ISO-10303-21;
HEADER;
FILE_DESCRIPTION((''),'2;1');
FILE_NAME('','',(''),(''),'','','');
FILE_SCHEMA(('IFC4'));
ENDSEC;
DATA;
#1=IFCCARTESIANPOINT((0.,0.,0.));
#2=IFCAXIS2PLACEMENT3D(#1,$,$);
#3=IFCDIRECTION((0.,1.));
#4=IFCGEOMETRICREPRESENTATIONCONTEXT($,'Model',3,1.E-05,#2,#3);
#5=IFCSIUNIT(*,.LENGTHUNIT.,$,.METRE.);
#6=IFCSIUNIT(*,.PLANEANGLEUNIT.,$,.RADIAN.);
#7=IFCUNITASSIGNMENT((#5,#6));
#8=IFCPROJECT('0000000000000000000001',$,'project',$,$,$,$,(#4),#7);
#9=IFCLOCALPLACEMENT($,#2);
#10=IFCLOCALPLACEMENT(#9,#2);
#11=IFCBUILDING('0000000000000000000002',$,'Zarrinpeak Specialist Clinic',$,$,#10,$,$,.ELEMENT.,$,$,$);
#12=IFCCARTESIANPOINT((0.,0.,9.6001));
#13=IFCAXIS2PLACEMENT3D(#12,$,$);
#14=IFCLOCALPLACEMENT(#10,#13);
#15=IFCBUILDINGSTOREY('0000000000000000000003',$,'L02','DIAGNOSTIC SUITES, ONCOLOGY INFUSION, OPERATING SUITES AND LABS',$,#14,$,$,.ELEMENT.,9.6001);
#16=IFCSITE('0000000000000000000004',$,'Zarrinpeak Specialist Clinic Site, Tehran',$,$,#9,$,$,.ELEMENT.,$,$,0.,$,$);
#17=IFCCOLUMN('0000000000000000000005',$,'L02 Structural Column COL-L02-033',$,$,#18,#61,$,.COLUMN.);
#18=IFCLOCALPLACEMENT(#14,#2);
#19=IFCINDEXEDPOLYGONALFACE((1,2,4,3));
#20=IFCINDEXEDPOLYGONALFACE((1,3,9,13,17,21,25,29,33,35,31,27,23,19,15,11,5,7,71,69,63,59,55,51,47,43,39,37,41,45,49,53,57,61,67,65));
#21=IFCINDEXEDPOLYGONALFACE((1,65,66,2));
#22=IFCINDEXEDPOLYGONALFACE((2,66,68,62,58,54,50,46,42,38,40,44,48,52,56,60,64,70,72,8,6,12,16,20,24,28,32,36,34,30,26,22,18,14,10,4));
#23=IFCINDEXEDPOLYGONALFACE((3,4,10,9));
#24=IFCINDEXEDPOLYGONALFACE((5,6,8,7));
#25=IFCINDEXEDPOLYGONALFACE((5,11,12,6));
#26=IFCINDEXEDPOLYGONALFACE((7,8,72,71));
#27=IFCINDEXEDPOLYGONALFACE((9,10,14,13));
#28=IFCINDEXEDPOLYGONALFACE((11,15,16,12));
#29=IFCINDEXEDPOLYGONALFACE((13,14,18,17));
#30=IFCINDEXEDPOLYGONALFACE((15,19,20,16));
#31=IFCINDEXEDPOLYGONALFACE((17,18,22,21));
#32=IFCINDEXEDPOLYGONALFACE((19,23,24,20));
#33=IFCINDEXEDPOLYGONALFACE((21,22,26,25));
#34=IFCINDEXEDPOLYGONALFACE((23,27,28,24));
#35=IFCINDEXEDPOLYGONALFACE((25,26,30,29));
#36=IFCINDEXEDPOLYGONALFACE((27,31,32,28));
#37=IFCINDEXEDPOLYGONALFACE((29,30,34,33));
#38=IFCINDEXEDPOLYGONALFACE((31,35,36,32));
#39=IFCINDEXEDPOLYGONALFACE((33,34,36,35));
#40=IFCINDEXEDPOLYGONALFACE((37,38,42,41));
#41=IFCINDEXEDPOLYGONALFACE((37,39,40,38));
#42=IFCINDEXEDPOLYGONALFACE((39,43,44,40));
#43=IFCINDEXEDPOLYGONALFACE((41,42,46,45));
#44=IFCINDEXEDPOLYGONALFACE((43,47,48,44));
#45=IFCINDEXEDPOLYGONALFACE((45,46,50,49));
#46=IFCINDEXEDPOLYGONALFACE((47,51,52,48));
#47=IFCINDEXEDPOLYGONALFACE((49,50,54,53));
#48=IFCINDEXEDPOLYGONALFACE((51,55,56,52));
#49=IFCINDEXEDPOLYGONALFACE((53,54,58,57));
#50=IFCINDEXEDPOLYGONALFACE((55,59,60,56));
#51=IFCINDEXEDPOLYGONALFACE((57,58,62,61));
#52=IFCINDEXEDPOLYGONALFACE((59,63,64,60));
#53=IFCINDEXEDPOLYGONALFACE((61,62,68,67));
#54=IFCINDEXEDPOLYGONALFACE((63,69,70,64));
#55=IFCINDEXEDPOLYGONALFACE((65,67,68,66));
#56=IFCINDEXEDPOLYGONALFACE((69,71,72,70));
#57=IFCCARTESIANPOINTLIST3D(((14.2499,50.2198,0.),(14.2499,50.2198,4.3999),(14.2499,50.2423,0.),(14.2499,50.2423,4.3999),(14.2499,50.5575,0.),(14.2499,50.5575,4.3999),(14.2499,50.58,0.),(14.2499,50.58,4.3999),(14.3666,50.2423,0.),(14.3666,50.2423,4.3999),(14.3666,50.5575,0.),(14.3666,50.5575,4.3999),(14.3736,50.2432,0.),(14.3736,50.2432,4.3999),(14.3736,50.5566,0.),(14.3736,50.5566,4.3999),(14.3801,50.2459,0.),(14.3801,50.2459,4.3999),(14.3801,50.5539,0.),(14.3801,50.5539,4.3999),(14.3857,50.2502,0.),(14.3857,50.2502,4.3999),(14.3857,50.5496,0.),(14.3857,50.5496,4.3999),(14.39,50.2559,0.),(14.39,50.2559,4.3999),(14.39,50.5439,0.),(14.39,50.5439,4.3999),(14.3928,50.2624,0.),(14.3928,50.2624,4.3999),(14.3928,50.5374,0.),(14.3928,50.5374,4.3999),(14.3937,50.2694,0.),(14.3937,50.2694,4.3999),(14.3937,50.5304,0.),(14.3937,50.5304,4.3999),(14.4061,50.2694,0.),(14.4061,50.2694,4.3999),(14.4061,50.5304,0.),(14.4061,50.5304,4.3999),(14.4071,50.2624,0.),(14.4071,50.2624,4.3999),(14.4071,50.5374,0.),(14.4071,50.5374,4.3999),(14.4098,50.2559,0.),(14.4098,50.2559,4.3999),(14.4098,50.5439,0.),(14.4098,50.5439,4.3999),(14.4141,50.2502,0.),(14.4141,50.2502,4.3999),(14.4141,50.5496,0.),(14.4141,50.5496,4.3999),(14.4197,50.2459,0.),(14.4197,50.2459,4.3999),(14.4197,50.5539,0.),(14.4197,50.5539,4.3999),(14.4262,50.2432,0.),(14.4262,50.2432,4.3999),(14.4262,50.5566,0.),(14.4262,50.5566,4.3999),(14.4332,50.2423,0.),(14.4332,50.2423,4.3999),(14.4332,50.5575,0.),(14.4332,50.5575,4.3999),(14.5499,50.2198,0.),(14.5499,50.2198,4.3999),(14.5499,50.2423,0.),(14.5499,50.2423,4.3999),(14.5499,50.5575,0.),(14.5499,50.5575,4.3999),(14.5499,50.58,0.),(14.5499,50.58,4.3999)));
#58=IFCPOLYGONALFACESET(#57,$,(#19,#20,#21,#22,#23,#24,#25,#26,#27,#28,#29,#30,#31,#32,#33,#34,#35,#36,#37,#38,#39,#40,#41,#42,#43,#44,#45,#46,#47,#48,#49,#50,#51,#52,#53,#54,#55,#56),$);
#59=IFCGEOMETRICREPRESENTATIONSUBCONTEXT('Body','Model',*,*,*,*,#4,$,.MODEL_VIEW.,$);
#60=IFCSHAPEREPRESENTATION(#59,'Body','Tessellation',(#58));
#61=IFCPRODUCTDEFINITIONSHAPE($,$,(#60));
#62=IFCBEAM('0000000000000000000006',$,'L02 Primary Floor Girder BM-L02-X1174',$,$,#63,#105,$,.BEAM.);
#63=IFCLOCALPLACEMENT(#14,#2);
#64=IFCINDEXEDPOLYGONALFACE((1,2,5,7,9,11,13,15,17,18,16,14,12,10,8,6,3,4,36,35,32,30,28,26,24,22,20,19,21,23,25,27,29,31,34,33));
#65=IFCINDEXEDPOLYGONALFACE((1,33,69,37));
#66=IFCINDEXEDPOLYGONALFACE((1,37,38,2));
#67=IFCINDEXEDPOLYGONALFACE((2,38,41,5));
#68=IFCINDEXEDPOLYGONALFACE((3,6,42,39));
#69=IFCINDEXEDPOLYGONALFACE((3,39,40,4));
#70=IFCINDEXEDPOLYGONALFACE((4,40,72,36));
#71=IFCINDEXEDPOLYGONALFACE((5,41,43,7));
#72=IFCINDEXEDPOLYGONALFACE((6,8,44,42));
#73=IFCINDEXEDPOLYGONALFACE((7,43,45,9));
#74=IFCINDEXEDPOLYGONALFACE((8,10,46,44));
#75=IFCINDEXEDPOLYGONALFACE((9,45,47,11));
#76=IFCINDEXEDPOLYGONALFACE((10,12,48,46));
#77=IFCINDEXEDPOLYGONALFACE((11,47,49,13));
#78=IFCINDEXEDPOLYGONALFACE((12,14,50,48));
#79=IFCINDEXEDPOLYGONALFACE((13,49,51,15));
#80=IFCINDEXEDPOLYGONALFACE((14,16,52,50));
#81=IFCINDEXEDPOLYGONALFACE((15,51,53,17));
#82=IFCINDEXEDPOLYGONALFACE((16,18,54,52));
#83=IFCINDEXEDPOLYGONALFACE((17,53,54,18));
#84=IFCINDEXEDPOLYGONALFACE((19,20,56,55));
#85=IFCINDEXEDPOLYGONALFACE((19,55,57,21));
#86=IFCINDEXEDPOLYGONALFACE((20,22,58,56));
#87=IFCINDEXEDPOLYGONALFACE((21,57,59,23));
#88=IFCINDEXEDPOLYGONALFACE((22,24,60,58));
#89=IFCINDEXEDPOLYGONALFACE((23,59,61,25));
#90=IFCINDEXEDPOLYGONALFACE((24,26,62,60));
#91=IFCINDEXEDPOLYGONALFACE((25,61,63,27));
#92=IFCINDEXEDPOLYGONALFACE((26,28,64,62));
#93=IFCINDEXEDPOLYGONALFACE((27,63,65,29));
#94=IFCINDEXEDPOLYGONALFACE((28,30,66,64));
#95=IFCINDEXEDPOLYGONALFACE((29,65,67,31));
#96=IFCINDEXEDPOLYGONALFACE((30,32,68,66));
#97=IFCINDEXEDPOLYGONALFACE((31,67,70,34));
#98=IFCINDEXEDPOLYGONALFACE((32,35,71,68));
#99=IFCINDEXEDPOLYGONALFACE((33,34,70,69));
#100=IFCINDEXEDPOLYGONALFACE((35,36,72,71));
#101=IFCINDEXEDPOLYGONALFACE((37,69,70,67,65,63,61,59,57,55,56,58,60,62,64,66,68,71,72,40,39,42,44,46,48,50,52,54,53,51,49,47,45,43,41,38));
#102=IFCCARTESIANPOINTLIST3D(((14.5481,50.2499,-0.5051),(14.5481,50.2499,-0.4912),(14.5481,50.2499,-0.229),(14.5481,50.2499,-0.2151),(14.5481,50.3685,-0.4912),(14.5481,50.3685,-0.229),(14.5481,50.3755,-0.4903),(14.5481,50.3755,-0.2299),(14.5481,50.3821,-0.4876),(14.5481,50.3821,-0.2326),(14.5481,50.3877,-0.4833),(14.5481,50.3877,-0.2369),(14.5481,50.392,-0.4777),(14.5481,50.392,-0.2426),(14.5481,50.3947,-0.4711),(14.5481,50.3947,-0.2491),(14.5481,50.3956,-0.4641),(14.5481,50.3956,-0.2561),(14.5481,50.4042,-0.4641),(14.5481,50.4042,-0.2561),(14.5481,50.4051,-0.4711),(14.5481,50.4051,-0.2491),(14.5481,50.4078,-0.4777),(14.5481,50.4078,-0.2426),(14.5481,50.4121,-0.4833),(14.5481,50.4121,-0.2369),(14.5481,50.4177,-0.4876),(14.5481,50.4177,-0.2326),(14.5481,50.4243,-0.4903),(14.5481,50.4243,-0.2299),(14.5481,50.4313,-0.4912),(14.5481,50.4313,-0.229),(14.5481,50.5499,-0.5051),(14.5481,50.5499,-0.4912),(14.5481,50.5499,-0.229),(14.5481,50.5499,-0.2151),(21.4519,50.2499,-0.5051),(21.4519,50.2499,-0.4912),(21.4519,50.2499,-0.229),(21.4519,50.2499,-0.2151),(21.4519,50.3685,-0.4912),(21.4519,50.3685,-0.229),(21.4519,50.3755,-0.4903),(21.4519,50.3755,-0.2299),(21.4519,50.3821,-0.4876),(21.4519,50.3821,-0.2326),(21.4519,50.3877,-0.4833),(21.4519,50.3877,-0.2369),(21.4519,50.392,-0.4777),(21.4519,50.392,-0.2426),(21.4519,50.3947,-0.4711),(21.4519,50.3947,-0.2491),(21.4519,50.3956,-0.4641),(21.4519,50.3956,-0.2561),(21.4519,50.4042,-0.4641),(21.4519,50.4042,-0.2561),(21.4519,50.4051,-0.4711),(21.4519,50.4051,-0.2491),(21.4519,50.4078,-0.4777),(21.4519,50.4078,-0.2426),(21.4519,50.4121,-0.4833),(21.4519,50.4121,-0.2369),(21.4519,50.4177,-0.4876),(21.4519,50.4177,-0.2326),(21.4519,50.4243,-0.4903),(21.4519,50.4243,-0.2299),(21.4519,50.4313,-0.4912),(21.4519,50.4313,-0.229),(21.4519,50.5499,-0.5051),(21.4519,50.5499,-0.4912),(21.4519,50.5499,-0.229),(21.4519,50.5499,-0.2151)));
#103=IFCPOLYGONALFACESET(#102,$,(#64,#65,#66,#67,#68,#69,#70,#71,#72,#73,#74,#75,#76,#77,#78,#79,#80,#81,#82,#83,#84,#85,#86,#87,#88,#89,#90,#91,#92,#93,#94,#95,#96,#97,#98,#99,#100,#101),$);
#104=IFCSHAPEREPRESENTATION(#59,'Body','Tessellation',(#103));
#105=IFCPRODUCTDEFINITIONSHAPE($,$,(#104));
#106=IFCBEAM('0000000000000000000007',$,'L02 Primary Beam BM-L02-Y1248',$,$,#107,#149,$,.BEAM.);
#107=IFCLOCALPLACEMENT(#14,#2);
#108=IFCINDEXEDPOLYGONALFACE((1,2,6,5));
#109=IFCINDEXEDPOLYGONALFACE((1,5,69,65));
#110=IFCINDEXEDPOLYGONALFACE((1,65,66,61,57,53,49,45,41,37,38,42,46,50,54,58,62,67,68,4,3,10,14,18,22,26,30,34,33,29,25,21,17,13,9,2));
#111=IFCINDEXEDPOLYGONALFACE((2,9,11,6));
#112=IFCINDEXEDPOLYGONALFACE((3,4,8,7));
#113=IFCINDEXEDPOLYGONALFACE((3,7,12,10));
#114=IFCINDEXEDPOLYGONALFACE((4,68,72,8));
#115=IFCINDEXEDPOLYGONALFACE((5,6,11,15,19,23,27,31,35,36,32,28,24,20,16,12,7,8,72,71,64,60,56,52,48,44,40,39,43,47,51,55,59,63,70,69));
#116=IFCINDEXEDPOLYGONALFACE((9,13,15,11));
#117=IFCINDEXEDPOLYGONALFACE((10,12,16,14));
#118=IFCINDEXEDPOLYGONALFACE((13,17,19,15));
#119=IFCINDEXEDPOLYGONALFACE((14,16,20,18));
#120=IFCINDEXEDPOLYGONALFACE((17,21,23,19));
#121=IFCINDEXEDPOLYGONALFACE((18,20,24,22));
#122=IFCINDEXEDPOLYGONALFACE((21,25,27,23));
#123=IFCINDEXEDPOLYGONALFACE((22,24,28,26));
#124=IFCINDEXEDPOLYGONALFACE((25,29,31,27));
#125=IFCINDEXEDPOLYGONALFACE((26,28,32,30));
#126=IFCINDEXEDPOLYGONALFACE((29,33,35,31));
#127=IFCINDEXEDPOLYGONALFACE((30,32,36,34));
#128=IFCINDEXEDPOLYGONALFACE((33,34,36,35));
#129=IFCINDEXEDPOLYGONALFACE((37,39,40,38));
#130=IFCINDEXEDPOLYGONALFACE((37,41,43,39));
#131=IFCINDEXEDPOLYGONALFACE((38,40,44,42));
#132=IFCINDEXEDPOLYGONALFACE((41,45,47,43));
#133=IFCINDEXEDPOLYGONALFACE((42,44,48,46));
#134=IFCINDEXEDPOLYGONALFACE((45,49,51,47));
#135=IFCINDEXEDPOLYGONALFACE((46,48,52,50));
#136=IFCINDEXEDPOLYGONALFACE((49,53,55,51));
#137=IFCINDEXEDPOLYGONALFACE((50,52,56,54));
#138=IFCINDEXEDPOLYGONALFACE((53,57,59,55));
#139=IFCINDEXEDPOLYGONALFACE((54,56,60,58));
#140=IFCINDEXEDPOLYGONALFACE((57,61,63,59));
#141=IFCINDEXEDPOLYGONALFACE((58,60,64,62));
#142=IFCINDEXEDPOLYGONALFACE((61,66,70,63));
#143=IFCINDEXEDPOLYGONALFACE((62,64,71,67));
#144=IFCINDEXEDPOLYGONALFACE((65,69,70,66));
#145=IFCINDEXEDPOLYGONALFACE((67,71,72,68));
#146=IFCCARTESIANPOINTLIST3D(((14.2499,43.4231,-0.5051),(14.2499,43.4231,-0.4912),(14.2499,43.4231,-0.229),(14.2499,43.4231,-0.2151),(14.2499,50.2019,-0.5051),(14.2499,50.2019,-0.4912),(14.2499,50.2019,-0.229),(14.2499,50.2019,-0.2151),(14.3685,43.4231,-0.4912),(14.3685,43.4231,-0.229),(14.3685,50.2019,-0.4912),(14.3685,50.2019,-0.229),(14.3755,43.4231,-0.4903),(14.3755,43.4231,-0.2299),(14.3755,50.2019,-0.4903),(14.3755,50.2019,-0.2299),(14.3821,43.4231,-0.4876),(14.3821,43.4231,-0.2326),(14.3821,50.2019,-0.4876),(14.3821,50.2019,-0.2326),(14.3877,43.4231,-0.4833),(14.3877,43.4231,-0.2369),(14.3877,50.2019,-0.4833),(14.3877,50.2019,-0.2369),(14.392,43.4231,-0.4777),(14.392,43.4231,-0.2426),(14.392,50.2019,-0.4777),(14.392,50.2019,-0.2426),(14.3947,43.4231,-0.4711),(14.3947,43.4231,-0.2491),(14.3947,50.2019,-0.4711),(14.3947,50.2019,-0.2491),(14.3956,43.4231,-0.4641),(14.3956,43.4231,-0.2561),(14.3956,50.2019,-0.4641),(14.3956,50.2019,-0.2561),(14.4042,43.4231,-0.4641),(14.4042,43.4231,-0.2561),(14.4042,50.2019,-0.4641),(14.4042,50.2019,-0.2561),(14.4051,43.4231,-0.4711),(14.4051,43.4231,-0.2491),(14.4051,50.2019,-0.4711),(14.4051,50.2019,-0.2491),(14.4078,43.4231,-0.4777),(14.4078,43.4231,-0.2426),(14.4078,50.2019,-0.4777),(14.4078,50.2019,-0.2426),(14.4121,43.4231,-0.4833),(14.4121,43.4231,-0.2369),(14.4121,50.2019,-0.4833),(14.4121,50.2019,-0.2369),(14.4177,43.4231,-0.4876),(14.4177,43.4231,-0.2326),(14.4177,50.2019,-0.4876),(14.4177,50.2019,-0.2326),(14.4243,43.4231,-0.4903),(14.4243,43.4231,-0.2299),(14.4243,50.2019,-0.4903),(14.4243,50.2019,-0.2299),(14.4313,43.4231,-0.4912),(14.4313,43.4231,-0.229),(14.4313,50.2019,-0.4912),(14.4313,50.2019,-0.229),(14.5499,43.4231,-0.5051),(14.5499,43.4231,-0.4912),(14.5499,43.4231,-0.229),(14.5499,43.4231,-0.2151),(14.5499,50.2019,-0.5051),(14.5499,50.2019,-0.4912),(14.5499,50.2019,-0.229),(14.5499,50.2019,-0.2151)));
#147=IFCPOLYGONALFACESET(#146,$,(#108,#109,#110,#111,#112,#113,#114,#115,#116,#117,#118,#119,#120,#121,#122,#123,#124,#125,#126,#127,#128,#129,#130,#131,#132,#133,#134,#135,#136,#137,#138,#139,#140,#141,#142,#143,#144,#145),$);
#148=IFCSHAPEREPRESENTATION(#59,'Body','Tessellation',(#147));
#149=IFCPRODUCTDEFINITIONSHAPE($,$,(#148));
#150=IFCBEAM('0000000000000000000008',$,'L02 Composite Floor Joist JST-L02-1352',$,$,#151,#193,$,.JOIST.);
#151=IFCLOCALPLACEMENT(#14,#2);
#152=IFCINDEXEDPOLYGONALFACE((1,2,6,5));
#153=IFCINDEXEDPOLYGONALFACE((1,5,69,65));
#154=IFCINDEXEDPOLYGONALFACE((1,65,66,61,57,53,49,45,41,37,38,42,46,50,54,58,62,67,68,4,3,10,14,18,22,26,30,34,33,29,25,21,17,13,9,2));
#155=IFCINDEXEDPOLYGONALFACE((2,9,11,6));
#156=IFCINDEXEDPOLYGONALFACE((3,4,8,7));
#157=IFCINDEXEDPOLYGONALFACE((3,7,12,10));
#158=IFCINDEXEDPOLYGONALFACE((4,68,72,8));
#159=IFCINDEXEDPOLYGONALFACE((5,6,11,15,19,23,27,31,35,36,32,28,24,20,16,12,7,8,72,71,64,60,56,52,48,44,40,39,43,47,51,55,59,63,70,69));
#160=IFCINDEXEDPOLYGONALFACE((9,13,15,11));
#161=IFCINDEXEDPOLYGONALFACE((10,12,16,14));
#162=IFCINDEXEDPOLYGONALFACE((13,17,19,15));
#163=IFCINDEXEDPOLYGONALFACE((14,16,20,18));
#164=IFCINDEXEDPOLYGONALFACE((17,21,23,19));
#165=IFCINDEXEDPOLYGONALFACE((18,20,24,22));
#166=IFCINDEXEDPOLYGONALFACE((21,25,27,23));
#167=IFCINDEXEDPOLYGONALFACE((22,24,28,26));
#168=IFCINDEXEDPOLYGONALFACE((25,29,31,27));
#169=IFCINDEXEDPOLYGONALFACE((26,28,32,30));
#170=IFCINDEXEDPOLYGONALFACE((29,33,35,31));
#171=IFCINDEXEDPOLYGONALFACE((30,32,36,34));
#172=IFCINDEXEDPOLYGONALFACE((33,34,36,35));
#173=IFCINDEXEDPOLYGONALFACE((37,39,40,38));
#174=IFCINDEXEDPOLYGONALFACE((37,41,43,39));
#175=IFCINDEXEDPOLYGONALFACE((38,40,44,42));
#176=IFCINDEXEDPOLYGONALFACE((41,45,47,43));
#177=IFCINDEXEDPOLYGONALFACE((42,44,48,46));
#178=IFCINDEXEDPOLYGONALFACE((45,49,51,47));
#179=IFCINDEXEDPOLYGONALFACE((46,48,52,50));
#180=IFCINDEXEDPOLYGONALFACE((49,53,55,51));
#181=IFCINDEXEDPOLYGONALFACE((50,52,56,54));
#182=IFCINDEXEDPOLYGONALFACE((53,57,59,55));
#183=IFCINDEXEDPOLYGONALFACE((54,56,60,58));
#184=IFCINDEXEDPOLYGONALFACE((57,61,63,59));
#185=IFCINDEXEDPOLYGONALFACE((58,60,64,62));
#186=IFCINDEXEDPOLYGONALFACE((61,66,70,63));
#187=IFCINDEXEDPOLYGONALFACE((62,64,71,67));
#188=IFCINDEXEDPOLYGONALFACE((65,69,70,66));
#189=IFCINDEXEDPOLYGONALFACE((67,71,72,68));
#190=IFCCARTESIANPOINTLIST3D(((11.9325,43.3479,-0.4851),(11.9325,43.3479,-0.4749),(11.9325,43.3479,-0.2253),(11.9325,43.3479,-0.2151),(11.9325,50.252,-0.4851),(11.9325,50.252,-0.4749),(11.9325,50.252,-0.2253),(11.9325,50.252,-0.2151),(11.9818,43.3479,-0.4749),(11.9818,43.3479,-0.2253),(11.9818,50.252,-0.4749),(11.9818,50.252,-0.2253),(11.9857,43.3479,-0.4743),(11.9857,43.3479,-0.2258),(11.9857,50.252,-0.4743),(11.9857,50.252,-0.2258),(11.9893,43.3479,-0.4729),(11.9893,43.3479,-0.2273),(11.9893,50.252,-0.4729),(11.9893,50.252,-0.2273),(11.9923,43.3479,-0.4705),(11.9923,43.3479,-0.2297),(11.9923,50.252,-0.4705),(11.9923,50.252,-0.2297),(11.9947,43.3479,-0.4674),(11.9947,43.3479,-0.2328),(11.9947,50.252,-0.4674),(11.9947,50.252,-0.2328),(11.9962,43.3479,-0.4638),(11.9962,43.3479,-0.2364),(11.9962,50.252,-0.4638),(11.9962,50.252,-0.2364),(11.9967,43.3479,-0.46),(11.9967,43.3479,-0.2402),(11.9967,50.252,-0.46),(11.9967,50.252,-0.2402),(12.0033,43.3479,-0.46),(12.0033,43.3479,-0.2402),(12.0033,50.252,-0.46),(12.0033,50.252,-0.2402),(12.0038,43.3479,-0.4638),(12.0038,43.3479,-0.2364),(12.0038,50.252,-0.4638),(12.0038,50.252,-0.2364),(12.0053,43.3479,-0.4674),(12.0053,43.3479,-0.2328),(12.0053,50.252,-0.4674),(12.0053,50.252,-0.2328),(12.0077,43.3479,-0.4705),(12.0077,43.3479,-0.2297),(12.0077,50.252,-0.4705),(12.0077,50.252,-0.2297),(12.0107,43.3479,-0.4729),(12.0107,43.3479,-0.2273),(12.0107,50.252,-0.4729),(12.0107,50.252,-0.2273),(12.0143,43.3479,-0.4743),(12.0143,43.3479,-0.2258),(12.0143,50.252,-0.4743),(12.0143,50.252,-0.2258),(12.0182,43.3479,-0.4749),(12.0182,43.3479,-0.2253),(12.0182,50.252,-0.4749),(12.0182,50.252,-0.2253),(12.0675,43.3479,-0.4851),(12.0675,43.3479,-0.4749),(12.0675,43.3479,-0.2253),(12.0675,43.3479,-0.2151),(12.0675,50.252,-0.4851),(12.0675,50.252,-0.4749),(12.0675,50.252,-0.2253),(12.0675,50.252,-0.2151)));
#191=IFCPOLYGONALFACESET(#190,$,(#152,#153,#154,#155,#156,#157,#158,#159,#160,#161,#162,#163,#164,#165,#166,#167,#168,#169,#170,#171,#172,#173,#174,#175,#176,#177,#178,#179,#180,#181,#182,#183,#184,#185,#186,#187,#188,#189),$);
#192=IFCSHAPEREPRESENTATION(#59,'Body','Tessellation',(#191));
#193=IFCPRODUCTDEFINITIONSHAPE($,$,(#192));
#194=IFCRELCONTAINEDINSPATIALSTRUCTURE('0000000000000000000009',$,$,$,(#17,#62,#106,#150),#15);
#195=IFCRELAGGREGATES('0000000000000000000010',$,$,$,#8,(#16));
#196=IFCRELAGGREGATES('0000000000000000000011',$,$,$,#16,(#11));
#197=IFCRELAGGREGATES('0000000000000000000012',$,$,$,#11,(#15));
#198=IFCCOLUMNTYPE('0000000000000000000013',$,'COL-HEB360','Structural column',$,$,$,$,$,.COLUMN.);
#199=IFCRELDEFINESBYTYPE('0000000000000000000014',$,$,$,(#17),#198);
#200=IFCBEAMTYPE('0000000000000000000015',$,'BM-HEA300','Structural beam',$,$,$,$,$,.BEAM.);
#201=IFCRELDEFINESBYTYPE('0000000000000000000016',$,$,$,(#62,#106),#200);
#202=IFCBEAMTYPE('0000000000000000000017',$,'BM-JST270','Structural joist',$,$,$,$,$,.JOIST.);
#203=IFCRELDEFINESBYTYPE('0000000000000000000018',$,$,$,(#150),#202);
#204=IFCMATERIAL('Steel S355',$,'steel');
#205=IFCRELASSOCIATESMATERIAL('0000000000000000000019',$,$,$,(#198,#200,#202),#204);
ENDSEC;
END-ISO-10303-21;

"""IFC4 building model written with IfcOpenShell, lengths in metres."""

from ifc_helpers import new_model, si_unit, direction, frame, origin, origin_2d, place, context, subcontext, project, spatial, i_section, extrude, material, material_profile, profile_set, type_object, element, save


model = new_model("IFC4")

# Units and contexts
model_context = context("Model", 3, precision=1e-05, world=origin(), true_north=direction((0.0, 1.0)))
body_context = subcontext(model_context, "Body", "Model", "MODEL_VIEW")
ifc_project = project(units=[si_unit("LENGTHUNIT", "METRE"), si_unit("PLANEANGLEUNIT", "RADIAN")], contexts=[model_context])

# Site, building, storey
site_placement = place(None, origin())
site = spatial("IfcSite", under=ifc_project, at=site_placement, Name="Zarrinpeak Specialist Clinic Site, Tehran", CompositionType="ELEMENT", RefElevation=0.0)
building_placement = place(site_placement, origin())
building = spatial("IfcBuilding", under=site, at=building_placement, Name="Zarrinpeak Specialist Clinic", CompositionType="ELEMENT")
storey_placement = place(building_placement, frame((0.0, 0.0, 9.6001)))
storey = spatial("IfcBuildingStorey", under=building, at=storey_placement, Name="L02", Description="DIAGNOSTIC SUITES, ONCOLOGY INFUSION, OPERATING SUITES AND LABS", CompositionType="ELEMENT", Elevation=9.6001)

# Column
ifc_material_1 = material(Name="Steel S355", Category="steel")
ifc_material_profile_1 = material_profile(ifc_material_1, i_section(OverallWidth=0.3, OverallDepth=0.3601, WebThickness=0.0125, FlangeThickness=0.0225, FilletRadius=0.0271, at=origin_2d()), Name="HEB 360")
ifc_profile_set_1 = profile_set([ifc_material_profile_1], Name="Steel S355")
column_type = type_object("IfcColumnType", Name="COL-HEB360", Description="Structural column", PredefinedType="COLUMN", material=ifc_profile_set_1)
column_placement = place(storey_placement, frame((14.3999, 50.3999, 0.0), z_axis=(0.0, 0.0, 1.0), x_axis=(1.0, 0.0, 0.0)))
element("IfcColumn", 1, at=column_placement, inside=storey, type_object=column_type, Name="L02 Structural Column COL-L02-033", PredefinedType="COLUMN", context=body_context, shape_type="SweptSolid", body=[
    extrude(i_section(OverallWidth=0.3, OverallDepth=0.3601, WebThickness=0.0125, FlangeThickness=0.0225, FilletRadius=0.0271, at=origin_2d()), origin(), (0.0, 0.0, 1.0), 4.3999),
])

# Beams
ifc_material_profile_2 = material_profile(ifc_material_1, i_section(OverallWidth=0.3, OverallDepth=0.29, WebThickness=0.0085, FlangeThickness=0.0139, FilletRadius=0.0271, at=origin_2d()), Name="HEA 300")
ifc_profile_set_2 = profile_set([ifc_material_profile_2], Name="Steel S355")
beam_type_1 = type_object("IfcBeamType", Name="BM-HEA300", Description="Structural beam", PredefinedType="BEAM", material=ifc_profile_set_2)
beam_1_placement = place(storey_placement, frame((14.5481, 50.3999, -0.3601), z_axis=(1.0, 0.0, 0.0), x_axis=(0.0, 1.0, 0.0)))
element("IfcBeam", 2, at=beam_1_placement, inside=storey, type_object=beam_type_1, Name="L02 Primary Floor Girder BM-L02-X1174", PredefinedType="BEAM", context=body_context, shape_type="SweptSolid", body=[
    extrude(i_section(OverallWidth=0.3, OverallDepth=0.29, WebThickness=0.0085, FlangeThickness=0.0139, FilletRadius=0.0271, at=origin_2d()), origin(), (0.0, 0.0, 1.0), 6.9038),
])
beam_2_placement = place(storey_placement, frame((14.3999, 43.4231, -0.3601), z_axis=(0.0, 1.0, 0.0), x_axis=(-1.0, 0.0, 0.0)))
element("IfcBeam", 3, at=beam_2_placement, inside=storey, type_object=beam_type_1, Name="L02 Primary Beam BM-L02-Y1248", PredefinedType="BEAM", context=body_context, shape_type="SweptSolid", body=[
    extrude(i_section(OverallWidth=0.3, OverallDepth=0.29, WebThickness=0.0085, FlangeThickness=0.0139, FilletRadius=0.0271, at=origin_2d()), origin(), (0.0, 0.0, 1.0), 6.7788),
])
ifc_material_profile_3 = material_profile(ifc_material_1, i_section(OverallWidth=0.135, OverallDepth=0.27, WebThickness=0.0066, FlangeThickness=0.0103, FilletRadius=0.0149, at=origin_2d()), Name="IPE 270")
ifc_profile_set_3 = profile_set([ifc_material_profile_3], Name="Steel S355")
beam_type_2 = type_object("IfcBeamType", Name="BM-JST270", Description="Structural joist", PredefinedType="JOIST", material=ifc_profile_set_3)
for number, where, z_axis, x_axis, name in (
    (4, (12.0, 43.3479, -0.3501), (0.0, 1.0, 0.0), (-1.0, 0.0, 0.0), "L02 Composite Floor Joist JST-L02-1352"),
):
    element("IfcBeam", number, at=place(storey_placement, frame(where, z_axis=z_axis, x_axis=x_axis)), inside=storey, type_object=beam_type_2, Name=name, PredefinedType="JOIST", context=body_context, shape_type="SweptSolid", body=[
        extrude(i_section(OverallWidth=0.135, OverallDepth=0.27, WebThickness=0.0066, FlangeThickness=0.0103, FilletRadius=0.0149, at=origin_2d()), origin(), (0.0, 0.0, 1.0), 6.9041),
    ])

save(model, "model.ifc")
